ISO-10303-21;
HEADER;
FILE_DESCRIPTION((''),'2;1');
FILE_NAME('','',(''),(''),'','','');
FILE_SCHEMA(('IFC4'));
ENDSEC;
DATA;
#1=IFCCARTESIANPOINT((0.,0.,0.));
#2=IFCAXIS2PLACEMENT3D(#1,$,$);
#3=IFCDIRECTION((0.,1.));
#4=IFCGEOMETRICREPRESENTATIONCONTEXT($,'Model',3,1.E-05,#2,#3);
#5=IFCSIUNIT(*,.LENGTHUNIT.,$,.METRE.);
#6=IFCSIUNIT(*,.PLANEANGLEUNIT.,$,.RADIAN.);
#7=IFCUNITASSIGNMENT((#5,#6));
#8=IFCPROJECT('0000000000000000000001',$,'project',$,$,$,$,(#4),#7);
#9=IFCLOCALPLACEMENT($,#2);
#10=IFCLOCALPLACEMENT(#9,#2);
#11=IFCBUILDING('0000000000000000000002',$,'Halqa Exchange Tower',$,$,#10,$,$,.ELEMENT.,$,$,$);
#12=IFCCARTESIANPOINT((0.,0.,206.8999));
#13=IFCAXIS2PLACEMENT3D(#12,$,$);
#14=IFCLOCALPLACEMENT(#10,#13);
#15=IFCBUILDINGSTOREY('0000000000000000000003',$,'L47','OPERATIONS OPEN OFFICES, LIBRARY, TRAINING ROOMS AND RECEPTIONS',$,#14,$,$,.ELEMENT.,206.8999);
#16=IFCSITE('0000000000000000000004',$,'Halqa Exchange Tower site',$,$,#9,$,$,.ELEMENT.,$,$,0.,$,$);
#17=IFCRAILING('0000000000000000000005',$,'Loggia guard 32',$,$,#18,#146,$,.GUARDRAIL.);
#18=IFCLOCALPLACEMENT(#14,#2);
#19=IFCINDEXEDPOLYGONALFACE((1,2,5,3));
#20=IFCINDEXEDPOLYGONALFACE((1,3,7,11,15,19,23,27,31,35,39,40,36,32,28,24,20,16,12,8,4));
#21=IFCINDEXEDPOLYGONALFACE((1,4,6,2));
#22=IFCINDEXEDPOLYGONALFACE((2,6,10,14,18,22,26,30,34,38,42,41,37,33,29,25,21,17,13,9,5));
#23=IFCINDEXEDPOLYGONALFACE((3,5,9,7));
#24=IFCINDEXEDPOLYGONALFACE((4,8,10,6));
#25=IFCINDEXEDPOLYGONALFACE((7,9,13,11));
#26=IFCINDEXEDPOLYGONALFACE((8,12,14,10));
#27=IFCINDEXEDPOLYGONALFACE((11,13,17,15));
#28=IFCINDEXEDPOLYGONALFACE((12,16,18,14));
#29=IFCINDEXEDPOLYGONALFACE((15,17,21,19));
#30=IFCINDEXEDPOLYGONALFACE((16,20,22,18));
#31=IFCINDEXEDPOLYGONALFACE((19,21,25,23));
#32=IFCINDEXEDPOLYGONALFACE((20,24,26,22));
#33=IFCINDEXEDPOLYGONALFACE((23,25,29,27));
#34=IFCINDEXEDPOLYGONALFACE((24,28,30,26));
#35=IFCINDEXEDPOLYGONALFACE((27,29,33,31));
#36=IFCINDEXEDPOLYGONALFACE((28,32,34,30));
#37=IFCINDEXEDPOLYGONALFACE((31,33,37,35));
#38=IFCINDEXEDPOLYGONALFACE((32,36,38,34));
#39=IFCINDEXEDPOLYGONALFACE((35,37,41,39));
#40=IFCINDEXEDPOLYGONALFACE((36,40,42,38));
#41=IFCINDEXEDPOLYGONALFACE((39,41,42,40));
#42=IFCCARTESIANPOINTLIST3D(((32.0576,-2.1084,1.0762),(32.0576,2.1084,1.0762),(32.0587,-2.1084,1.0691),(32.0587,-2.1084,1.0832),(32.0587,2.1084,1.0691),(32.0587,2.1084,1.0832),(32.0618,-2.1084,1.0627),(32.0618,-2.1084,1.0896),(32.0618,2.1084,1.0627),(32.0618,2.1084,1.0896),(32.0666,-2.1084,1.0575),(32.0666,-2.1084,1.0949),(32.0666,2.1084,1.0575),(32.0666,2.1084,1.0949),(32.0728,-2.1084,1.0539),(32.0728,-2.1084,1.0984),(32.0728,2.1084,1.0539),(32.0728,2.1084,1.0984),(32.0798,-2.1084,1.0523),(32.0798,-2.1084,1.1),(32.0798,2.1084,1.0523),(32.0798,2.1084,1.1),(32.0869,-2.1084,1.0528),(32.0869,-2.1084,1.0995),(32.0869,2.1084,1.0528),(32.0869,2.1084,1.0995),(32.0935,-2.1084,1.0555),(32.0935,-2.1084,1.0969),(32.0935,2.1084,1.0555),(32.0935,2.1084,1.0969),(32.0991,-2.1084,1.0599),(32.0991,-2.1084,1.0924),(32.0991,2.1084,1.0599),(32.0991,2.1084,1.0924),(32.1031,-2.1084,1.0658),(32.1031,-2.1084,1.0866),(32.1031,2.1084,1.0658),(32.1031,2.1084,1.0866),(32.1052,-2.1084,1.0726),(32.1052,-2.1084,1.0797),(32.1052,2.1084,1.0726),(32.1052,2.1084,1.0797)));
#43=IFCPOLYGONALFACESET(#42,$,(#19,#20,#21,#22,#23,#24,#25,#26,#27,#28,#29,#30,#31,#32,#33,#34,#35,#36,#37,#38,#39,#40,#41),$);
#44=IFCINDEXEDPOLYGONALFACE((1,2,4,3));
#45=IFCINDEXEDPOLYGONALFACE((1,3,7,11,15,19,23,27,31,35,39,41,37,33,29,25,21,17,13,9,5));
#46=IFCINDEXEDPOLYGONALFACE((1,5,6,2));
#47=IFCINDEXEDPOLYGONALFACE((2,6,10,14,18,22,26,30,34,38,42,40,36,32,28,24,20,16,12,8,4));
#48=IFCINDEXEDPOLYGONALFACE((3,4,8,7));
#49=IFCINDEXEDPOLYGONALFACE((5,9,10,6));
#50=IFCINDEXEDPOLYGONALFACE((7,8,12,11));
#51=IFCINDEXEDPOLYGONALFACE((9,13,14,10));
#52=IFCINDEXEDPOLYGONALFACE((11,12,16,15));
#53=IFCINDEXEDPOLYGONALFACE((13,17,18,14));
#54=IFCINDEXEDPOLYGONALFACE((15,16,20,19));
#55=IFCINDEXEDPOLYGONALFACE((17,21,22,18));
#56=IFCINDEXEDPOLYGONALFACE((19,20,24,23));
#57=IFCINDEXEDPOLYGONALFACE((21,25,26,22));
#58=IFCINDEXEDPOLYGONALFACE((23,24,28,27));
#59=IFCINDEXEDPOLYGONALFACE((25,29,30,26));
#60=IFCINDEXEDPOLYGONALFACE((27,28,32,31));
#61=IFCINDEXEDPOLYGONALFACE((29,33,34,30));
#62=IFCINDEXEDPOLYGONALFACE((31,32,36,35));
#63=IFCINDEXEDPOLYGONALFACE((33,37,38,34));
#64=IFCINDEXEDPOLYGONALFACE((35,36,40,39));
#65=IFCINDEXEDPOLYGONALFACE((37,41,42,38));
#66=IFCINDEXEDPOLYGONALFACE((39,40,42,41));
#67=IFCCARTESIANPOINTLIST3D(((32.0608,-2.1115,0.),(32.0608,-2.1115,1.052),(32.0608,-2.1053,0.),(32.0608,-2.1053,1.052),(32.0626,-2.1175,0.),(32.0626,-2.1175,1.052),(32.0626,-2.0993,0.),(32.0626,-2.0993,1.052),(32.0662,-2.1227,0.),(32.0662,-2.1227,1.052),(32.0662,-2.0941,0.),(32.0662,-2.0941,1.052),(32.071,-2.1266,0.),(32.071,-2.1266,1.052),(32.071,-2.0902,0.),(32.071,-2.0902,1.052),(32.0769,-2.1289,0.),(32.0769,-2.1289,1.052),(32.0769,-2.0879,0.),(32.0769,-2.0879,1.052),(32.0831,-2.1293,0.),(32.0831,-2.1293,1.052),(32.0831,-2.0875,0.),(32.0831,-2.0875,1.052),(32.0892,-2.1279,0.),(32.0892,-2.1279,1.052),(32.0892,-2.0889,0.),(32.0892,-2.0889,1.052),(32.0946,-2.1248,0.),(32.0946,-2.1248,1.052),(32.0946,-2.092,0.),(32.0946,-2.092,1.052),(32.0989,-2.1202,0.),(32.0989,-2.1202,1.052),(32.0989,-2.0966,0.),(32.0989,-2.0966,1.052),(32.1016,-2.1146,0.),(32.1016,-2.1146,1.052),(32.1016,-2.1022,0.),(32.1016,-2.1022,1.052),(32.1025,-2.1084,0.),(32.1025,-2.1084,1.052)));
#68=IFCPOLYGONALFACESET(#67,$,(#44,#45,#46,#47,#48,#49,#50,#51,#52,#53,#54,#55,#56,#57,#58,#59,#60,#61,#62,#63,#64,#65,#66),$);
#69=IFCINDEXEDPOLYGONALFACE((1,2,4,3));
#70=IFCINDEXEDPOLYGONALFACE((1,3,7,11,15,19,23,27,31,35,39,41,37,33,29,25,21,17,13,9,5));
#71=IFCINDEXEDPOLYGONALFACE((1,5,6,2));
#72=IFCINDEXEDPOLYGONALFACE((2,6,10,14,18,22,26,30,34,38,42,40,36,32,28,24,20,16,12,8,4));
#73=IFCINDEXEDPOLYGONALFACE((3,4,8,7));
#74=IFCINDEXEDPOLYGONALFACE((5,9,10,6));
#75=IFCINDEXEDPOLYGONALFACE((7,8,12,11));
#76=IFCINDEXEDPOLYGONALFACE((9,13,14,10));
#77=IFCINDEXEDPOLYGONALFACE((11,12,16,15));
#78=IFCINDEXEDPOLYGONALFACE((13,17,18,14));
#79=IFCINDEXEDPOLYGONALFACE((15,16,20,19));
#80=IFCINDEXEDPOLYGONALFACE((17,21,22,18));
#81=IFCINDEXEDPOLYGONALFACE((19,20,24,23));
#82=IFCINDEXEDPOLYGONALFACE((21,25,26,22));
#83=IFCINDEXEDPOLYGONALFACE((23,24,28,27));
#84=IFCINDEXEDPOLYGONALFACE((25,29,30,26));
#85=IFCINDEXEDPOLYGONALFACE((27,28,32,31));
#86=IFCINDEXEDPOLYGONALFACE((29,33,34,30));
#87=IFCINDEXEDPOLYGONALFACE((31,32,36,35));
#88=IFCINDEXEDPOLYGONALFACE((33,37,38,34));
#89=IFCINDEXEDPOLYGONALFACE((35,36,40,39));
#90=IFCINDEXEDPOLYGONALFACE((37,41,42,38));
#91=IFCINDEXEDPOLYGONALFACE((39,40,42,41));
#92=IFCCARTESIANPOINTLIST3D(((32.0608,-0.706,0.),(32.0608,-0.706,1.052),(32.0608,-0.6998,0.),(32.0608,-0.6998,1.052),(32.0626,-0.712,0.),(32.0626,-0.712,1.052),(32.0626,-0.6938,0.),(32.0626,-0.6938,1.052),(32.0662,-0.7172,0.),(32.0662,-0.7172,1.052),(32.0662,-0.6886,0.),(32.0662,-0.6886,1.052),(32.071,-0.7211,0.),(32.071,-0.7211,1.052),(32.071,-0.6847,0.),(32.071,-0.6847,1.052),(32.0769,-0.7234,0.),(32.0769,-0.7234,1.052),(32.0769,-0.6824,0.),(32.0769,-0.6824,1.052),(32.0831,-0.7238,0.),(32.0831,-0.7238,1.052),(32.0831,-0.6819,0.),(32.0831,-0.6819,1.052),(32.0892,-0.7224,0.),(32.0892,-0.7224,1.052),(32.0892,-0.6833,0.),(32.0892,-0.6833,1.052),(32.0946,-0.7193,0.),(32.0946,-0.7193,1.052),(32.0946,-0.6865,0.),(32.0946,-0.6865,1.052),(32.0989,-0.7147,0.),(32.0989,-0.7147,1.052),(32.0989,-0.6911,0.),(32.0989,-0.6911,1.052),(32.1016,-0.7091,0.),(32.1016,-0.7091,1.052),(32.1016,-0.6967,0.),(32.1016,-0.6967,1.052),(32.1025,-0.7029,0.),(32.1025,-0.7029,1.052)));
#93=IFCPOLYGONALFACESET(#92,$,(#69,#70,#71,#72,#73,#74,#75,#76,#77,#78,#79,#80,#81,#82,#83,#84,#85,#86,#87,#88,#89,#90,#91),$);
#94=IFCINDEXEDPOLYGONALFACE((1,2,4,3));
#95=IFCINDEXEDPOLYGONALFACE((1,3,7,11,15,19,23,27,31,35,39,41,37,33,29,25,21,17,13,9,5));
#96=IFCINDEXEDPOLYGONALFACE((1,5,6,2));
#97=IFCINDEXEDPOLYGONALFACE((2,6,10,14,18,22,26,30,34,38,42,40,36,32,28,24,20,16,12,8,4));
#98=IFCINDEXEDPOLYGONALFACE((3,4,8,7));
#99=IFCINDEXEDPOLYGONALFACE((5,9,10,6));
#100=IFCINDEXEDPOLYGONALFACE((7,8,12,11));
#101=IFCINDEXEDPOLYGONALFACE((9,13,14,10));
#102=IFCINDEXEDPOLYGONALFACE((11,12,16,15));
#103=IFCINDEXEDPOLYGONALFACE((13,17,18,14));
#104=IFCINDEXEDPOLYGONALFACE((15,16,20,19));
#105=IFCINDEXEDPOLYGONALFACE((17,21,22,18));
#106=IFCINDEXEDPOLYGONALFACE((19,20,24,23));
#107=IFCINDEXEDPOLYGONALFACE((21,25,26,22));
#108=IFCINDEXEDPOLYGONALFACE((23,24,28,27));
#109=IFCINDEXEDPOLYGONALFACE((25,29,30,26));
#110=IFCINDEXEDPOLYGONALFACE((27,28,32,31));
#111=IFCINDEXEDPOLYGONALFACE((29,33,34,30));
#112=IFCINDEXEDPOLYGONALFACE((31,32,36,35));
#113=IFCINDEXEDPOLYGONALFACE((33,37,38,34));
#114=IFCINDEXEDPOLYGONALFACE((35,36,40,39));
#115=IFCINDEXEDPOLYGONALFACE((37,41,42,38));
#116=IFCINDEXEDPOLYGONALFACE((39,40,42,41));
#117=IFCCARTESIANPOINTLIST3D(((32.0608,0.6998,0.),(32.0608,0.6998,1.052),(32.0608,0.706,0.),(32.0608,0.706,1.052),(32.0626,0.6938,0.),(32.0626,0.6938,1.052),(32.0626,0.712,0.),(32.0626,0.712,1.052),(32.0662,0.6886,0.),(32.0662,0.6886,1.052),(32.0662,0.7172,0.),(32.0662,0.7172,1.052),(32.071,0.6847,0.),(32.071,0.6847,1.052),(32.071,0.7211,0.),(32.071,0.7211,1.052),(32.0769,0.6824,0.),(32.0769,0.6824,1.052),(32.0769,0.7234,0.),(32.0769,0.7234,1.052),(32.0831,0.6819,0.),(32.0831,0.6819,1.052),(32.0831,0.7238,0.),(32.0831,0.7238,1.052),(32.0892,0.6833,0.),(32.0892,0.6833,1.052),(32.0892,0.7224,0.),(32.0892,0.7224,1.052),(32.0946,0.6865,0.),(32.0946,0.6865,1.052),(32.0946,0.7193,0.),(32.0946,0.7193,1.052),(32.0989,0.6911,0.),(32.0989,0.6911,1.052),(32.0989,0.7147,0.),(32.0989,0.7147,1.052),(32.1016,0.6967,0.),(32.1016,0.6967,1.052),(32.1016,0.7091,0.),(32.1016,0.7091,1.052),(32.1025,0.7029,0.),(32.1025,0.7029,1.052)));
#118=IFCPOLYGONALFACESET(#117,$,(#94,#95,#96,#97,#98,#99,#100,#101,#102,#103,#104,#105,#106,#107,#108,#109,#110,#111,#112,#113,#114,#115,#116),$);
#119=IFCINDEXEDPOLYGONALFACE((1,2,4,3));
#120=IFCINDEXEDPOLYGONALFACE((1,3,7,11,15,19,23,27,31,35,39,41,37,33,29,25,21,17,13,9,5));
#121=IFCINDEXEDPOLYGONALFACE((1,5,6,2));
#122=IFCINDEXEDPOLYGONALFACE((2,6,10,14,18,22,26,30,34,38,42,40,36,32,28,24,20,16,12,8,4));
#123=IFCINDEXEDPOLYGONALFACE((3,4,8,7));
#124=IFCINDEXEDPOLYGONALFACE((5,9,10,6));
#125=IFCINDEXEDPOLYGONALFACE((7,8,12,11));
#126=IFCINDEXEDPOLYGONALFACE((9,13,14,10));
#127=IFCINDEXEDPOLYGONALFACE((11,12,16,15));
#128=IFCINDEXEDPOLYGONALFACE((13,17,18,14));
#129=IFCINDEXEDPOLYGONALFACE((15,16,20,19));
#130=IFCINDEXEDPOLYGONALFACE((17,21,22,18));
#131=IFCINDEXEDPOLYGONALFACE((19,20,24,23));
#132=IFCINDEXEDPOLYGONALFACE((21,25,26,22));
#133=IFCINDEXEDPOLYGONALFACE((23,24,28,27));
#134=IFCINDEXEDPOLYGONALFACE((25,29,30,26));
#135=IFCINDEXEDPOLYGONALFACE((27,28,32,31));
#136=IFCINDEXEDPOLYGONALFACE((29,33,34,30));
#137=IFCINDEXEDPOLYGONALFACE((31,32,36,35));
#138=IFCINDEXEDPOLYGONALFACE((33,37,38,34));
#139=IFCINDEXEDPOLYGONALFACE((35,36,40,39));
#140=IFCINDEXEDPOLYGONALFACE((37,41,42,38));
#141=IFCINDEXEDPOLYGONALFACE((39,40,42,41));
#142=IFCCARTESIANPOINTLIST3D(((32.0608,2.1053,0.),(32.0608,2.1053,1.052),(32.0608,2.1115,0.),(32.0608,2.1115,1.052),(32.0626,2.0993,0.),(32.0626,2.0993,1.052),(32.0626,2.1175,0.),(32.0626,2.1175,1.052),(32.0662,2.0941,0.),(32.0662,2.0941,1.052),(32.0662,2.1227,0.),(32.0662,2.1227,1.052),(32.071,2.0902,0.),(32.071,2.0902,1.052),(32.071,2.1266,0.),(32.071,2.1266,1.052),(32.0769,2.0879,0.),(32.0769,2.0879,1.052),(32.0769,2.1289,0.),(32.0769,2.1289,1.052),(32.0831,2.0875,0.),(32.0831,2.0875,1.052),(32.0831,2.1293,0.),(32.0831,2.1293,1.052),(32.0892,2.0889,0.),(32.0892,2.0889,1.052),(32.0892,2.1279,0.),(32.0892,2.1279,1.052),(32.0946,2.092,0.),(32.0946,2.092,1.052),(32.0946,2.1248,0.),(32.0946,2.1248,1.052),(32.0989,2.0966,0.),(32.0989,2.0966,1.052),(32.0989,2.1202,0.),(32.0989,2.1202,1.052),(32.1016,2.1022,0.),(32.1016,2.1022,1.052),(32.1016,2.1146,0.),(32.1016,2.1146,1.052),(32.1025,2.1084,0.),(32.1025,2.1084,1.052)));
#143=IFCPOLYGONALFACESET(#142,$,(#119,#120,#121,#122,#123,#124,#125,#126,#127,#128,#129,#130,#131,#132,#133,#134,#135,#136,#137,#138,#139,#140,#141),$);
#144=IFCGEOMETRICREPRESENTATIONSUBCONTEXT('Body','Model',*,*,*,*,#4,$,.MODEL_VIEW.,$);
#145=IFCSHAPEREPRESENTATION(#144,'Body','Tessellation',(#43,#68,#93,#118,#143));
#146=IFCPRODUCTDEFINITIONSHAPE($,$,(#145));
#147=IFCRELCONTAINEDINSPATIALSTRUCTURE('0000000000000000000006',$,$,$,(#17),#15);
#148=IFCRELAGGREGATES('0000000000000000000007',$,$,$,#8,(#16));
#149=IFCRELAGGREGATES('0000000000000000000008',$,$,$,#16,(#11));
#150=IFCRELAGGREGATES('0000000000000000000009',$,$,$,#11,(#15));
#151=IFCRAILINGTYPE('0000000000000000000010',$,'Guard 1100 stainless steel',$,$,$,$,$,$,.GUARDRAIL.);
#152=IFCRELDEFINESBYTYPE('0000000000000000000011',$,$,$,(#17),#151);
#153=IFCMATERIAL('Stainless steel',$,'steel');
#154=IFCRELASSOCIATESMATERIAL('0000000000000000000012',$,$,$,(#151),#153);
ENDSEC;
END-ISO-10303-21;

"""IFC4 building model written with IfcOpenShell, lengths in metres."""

from ifc_helpers import new_model, si_unit, direction, frame, origin, origin_2d, place, context, subcontext, project, spatial, circle, extrude, material, type_object, element, save


model = new_model("IFC4")

# Units and contexts
model_context = context("Model", 3, precision=1e-05, world=origin(), true_north=direction((0.0, 1.0)))
body_context = subcontext(model_context, "Body", "Model", "MODEL_VIEW")
ifc_project = project(units=[si_unit("LENGTHUNIT", "METRE"), si_unit("PLANEANGLEUNIT", "RADIAN")], contexts=[model_context])

# Site, building, storey
site_placement = place(None, origin())
site = spatial("IfcSite", under=ifc_project, at=site_placement, Name="Halqa Exchange Tower site", CompositionType="ELEMENT", RefElevation=0.0)
building_placement = place(site_placement, origin())
building = spatial("IfcBuilding", under=site, at=building_placement, Name="Halqa Exchange Tower", CompositionType="ELEMENT")
storey_placement = place(building_placement, frame((0.0, 0.0, 206.8999)))
storey = spatial("IfcBuildingStorey", under=building, at=storey_placement, Name="L47", Description="OPERATIONS OPEN OFFICES, LIBRARY, TRAINING ROOMS AND RECEPTIONS", CompositionType="ELEMENT", Elevation=206.8999)

# Railing
ifc_material_1 = material(Name="Stainless steel", Category="steel")
railing_type = type_object("IfcRailingType", Name="Guard 1100 stainless steel", PredefinedType="GUARDRAIL", material=ifc_material_1)
railing_1_placement = place(storey_placement, frame((32.0815, -2.1084, 0.0)))
element("IfcRailing", 1, at=railing_1_placement, inside=storey, type_object=railing_type, Name="Loggia guard 32", PredefinedType="GUARDRAIL", context=body_context, shape_type="SweptSolid", body=[
    extrude(circle(Radius=0.0239, at=origin_2d()), frame((0.0, 0.0, 1.0762), z_axis=(0.0, 1.0, 0.0), x_axis=(-1.0, 0.0, 0.0)), (0.0, 0.0, 1.0), 4.2168),
    extrude(circle(Radius=0.021, at=origin_2d()), origin(), (0.0, 0.0, 1.0), 1.052),
    extrude(circle(Radius=0.021, at=origin_2d()), frame((0.0, 1.4055, 0.0)), (0.0, 0.0, 1.0), 1.052),
    extrude(circle(Radius=0.021, at=origin_2d()), frame((0.0, 2.8113, 0.0)), (0.0, 0.0, 1.0), 1.052),
    extrude(circle(Radius=0.021, at=origin_2d()), frame((0.0, 4.2168, 0.0)), (0.0, 0.0, 1.0), 1.052),
])

save(model, "model.ifc")
